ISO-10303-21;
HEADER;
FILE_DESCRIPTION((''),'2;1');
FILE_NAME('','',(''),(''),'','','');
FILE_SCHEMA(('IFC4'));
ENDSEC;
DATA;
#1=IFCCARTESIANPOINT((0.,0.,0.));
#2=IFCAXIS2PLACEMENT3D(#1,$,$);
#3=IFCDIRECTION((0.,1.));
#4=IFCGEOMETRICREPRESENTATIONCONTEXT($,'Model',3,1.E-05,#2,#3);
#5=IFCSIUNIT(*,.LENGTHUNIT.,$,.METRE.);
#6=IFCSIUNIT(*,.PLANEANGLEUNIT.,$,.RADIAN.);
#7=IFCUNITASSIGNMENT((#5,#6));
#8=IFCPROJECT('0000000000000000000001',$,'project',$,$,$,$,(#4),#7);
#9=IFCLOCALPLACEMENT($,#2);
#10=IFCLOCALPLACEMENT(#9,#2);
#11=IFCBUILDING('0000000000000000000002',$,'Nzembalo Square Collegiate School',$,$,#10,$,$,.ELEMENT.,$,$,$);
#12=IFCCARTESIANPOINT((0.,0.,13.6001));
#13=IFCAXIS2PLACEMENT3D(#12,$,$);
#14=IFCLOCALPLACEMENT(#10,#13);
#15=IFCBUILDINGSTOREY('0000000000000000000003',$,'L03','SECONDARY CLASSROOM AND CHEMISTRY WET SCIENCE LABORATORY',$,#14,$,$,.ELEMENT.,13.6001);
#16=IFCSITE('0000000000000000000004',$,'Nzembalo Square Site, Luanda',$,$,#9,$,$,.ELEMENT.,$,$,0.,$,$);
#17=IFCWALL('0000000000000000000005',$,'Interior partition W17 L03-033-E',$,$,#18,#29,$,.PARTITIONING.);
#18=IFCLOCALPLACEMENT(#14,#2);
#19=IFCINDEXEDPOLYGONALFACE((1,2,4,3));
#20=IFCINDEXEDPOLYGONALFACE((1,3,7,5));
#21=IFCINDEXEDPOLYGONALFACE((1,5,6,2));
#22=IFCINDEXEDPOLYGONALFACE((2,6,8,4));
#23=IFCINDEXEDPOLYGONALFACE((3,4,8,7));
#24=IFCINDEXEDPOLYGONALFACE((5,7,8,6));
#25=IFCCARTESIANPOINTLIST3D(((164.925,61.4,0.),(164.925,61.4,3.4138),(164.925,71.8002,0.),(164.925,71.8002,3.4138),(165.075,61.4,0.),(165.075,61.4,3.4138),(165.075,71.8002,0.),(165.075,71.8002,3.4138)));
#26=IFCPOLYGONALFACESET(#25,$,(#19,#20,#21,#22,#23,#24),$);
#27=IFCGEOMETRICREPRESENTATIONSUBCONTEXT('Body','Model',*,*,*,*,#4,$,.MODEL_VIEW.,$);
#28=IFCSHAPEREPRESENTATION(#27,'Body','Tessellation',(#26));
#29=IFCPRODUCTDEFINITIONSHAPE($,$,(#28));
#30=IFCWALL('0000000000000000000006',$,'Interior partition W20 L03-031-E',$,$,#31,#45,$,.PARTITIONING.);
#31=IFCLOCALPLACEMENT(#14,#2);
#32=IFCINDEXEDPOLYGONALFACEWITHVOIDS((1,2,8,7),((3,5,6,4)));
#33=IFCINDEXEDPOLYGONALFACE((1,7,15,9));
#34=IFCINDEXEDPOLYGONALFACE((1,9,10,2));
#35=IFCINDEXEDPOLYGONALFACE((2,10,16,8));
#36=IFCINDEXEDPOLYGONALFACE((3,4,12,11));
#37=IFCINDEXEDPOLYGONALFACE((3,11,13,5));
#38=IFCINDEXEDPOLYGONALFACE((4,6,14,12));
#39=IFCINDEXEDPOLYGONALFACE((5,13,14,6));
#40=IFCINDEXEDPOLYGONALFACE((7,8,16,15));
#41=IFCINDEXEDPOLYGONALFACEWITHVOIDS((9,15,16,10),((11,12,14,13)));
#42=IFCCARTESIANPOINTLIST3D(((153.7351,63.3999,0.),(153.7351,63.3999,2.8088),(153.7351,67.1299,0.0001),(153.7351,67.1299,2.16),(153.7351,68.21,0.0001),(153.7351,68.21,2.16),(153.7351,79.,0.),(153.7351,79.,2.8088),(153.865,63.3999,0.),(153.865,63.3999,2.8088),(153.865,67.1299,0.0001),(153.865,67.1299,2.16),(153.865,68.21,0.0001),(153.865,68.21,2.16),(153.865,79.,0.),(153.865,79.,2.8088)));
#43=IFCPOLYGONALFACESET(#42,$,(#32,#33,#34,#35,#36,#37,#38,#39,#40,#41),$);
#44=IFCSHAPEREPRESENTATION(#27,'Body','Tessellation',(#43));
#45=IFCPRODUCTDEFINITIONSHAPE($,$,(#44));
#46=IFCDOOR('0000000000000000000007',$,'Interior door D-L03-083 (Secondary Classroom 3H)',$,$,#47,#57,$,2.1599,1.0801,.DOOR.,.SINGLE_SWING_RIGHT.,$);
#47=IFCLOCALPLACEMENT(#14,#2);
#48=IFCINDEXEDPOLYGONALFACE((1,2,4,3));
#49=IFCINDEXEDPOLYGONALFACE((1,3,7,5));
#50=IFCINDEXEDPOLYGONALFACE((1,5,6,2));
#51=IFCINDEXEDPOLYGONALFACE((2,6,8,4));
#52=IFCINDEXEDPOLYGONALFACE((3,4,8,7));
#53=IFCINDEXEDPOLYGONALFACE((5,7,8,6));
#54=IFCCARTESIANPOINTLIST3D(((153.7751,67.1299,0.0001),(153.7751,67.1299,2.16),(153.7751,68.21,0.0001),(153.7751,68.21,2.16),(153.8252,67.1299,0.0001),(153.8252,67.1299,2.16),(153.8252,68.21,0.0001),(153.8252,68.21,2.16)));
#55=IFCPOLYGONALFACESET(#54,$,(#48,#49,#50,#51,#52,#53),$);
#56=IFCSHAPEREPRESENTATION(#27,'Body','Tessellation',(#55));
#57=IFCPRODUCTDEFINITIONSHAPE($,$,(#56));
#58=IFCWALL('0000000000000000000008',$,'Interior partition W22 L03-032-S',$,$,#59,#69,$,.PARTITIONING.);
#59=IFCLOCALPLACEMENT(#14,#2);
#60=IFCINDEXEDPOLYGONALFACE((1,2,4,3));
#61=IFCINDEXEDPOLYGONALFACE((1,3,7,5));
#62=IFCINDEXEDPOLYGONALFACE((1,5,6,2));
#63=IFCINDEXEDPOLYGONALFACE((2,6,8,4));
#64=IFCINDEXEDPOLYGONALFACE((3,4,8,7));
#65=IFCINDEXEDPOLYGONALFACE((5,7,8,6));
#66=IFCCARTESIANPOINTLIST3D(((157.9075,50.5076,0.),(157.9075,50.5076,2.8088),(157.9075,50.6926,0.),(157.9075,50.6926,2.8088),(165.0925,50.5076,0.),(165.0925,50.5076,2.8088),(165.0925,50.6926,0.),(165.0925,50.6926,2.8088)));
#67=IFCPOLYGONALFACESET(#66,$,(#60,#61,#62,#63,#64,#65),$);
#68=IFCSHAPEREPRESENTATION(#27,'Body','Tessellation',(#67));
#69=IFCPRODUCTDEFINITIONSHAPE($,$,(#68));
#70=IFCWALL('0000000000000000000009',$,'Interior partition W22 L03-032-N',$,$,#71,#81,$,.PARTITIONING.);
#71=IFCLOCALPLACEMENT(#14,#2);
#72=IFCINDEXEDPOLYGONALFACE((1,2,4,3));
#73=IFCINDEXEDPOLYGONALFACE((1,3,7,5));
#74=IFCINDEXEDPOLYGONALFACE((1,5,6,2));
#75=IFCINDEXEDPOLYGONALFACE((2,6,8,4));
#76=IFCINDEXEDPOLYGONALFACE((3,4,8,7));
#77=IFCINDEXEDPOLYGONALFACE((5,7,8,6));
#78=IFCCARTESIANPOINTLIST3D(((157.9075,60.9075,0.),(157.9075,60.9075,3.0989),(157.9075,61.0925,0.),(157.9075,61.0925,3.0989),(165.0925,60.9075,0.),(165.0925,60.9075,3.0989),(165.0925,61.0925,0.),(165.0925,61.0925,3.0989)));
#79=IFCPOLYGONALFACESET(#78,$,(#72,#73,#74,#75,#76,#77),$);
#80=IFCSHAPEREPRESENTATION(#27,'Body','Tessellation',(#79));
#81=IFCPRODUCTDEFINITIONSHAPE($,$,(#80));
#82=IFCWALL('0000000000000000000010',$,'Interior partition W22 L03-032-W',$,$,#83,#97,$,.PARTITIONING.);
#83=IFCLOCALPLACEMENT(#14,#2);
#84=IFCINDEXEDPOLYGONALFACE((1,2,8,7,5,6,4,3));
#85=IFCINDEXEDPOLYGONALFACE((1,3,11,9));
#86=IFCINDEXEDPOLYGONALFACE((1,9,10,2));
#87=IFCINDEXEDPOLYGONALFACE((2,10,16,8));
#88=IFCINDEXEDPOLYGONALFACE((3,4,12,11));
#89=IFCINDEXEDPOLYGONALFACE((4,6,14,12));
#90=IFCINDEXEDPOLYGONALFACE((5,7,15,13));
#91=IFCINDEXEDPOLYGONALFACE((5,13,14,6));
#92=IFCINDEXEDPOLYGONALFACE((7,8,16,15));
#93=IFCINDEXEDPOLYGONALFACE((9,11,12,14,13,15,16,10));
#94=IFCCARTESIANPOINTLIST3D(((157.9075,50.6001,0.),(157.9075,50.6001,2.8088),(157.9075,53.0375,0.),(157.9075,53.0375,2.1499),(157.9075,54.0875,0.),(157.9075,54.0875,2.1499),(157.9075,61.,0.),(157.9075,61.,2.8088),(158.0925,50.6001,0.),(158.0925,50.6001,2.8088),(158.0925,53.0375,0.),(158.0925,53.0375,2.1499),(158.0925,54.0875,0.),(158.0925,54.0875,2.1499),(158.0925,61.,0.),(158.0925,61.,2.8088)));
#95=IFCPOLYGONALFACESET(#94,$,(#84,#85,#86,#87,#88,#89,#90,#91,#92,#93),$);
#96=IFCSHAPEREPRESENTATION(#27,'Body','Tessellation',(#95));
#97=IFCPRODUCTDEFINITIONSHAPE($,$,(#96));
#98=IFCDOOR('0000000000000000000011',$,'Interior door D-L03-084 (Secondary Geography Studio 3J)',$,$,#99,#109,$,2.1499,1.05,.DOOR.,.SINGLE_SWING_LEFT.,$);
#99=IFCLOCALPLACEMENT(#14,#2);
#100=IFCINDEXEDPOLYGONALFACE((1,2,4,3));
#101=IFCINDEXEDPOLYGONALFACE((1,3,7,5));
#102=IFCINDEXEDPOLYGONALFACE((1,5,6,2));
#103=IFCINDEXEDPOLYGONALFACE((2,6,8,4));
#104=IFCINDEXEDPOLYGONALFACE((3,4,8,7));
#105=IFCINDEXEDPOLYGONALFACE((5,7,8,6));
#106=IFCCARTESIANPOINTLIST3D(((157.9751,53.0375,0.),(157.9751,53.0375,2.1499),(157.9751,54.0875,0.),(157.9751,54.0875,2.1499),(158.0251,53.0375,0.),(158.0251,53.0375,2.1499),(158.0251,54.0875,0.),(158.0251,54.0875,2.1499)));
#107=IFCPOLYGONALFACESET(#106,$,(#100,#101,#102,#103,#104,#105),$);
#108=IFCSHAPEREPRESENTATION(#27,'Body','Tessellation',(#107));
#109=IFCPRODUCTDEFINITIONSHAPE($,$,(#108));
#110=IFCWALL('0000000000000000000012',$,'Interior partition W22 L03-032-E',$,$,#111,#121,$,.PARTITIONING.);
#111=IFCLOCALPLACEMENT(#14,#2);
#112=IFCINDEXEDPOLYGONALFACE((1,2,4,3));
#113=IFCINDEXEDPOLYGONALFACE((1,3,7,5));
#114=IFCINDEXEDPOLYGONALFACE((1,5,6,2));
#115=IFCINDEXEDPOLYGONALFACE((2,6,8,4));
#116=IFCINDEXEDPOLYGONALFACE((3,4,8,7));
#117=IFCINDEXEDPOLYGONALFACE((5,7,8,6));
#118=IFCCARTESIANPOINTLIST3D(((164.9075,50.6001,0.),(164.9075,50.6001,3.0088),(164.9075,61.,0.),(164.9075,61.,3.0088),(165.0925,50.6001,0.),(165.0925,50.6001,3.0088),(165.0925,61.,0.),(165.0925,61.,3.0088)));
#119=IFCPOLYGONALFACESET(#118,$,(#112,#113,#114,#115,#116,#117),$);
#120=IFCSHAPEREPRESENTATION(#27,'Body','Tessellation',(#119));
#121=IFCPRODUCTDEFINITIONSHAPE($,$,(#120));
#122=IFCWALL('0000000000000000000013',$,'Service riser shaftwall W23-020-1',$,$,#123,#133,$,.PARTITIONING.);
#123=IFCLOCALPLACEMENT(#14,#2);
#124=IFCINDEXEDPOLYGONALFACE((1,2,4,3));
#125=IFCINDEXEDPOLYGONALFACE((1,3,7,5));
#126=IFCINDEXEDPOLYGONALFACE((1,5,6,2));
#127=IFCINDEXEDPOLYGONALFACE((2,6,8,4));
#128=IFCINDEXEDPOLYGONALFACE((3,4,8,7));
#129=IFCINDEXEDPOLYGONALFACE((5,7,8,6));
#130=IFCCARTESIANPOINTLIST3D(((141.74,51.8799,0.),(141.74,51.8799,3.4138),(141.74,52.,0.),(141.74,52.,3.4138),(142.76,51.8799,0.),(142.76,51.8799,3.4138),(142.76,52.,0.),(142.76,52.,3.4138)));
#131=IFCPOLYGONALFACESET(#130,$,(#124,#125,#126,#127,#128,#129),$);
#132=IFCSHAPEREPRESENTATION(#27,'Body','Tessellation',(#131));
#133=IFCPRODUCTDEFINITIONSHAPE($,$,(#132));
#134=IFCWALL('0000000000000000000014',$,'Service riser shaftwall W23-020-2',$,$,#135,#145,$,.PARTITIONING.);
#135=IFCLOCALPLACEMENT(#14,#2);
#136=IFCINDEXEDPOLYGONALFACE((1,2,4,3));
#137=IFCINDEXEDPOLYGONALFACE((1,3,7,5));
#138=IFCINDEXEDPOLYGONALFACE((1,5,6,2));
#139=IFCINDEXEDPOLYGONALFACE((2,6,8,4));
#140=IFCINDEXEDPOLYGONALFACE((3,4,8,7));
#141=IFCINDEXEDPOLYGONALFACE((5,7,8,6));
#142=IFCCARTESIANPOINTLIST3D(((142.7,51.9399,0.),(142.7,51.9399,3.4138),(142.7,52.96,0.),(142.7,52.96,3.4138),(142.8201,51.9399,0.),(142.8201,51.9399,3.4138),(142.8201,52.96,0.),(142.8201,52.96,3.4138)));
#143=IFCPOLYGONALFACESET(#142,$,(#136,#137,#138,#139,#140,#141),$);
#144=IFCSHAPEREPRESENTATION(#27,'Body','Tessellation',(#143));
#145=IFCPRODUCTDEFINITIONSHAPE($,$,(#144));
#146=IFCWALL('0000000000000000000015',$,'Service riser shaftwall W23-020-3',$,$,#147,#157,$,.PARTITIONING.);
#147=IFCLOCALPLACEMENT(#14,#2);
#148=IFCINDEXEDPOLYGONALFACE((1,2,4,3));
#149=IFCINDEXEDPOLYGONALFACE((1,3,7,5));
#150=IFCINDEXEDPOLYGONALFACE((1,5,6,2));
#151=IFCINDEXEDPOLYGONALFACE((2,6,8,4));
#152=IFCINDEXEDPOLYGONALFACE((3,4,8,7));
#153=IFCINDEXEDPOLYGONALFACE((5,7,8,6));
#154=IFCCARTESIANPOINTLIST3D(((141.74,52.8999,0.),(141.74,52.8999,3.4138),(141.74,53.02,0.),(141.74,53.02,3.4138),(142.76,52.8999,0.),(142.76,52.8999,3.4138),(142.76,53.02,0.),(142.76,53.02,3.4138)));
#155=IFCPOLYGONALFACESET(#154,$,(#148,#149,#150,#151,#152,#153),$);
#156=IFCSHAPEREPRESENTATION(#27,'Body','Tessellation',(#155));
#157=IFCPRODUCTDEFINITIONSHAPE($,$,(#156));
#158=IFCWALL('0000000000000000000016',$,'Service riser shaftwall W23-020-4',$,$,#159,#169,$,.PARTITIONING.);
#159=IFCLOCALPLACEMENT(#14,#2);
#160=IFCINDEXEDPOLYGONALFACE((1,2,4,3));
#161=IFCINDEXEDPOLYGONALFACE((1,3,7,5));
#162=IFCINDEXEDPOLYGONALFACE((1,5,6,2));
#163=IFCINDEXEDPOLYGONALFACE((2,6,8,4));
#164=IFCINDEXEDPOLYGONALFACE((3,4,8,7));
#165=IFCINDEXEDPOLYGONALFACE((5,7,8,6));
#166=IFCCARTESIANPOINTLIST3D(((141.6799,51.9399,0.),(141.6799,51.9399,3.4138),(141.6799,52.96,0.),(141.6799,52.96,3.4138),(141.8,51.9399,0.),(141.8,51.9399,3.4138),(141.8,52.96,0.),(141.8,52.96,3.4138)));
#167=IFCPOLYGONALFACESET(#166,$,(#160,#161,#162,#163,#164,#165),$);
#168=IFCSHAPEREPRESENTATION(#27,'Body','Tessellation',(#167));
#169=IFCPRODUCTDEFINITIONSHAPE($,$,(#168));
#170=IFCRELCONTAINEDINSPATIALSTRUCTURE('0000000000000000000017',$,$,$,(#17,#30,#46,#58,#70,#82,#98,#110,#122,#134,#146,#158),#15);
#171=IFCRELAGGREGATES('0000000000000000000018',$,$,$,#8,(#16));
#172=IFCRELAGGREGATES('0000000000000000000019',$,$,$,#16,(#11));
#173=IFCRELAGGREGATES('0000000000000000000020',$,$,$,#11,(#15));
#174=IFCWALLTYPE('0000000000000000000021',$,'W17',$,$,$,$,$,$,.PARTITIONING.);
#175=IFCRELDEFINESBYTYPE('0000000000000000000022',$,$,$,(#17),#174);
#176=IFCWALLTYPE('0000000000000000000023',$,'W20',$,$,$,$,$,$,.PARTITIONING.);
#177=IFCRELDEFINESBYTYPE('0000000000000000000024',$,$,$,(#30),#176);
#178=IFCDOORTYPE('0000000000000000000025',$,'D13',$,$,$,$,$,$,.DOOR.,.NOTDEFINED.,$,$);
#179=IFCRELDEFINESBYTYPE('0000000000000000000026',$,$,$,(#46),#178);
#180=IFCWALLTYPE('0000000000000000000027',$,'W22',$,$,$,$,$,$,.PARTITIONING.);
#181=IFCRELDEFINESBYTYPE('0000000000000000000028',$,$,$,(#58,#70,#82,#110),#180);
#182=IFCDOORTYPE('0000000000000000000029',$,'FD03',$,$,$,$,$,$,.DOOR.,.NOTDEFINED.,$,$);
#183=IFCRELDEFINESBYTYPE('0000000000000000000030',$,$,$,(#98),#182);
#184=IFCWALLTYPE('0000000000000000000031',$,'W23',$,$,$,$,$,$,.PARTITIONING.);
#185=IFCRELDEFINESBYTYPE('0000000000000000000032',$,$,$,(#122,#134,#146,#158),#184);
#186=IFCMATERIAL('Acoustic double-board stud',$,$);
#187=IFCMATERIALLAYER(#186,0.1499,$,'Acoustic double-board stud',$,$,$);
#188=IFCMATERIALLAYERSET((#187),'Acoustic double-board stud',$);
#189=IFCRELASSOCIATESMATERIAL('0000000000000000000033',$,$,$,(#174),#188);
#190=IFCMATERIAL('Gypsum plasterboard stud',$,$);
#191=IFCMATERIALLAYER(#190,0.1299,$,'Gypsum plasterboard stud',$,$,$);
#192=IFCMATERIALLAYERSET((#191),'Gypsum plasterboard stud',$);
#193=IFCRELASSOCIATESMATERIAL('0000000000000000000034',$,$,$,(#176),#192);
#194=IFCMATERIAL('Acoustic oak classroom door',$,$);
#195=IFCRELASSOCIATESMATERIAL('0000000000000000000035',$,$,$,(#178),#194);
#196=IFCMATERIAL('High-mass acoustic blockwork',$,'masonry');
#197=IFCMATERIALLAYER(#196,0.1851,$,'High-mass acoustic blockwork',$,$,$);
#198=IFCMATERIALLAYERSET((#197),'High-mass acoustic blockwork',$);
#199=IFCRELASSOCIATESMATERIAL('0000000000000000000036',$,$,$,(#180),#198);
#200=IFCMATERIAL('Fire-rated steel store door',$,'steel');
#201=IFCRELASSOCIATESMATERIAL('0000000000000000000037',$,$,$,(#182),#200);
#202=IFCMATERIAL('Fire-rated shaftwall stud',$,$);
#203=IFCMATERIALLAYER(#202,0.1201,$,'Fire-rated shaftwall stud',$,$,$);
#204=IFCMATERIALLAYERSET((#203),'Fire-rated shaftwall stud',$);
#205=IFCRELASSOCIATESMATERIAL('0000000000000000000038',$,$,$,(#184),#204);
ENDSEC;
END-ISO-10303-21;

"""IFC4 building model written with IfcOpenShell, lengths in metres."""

from ifc_helpers import new_model, si_unit, direction, frame, frame_2d, origin, place, context, subcontext, project, spatial, rectangle, extrude, material, layer, layer_set, type_object, element, fill, save


model = new_model("IFC4")

# Units and contexts
model_context = context("Model", 3, precision=1e-05, world=origin(), true_north=direction((0.0, 1.0)))
body_context = subcontext(model_context, "Body", "Model", "MODEL_VIEW")
ifc_project = project(units=[si_unit("LENGTHUNIT", "METRE"), si_unit("PLANEANGLEUNIT", "RADIAN")], contexts=[model_context])

# Site, building, storey
site_placement = place(None, origin())
site = spatial("IfcSite", under=ifc_project, at=site_placement, Name="Nzembalo Square Site, Luanda", CompositionType="ELEMENT", RefElevation=0.0)
building_placement = place(site_placement, origin())
building = spatial("IfcBuilding", under=site, at=building_placement, Name="Nzembalo Square Collegiate School", CompositionType="ELEMENT")
storey_placement = place(building_placement, frame((0.0, 0.0, 13.6001)))
storey = spatial("IfcBuildingStorey", under=building, at=storey_placement, Name="L03", Description="SECONDARY CLASSROOM AND CHEMISTRY WET SCIENCE LABORATORY", CompositionType="ELEMENT", Elevation=13.6001)

# Shared definitions
ifc_material_1 = material(Name="Acoustic double-board stud")
ifc_layer_1 = layer(ifc_material_1, 0.1499, Name="Acoustic double-board stud")
ifc_layer_set_1 = layer_set([ifc_layer_1], Name="Acoustic double-board stud")
wall_type_1 = type_object("IfcWallType", Name="W17", PredefinedType="PARTITIONING", material=ifc_layer_set_1)

# Wall
wall_1_placement = place(storey_placement, frame((165.0, 61.3999, 0.0), z_axis=(0.0, 0.0, 1.0), x_axis=(0.0, 1.0, 0.0)))
element("IfcWall", 1, at=wall_1_placement, inside=storey, type_object=wall_type_1, Name="Interior partition W17 L03-033-E", PredefinedType="PARTITIONING", context=body_context, shape_type="SweptSolid", body=[
    extrude(rectangle(XDim=10.4001, YDim=0.1499, at=frame_2d((5.2002, 0.0))), origin(), (0.0, 0.0, 1.0), 3.4138),
])

# Wall, opening, door
ifc_material_2 = material(Name="Gypsum plasterboard stud")
ifc_layer_2 = layer(ifc_material_2, 0.1299, Name="Gypsum plasterboard stud")
ifc_layer_set_2 = layer_set([ifc_layer_2], Name="Gypsum plasterboard stud")
wall_type_2 = type_object("IfcWallType", Name="W20", PredefinedType="PARTITIONING", material=ifc_layer_set_2)
wall_2_placement = place(storey_placement, frame((153.8, 63.3999, 0.0), z_axis=(0.0, 0.0, 1.0), x_axis=(0.0, 1.0, 0.0)))
wall_2 = element("IfcWall", 2, at=wall_2_placement, inside=storey, type_object=wall_type_2, Name="Interior partition W20 L03-031-E", PredefinedType="PARTITIONING", context=body_context, shape_type="SweptSolid", body=[
    extrude(rectangle(XDim=15.6001, YDim=0.1299, at=frame_2d((7.8, 0.0))), origin(), (0.0, 0.0, 1.0), 2.8088),
])
opening_1_placement = place(wall_2_placement, frame((3.73, 0.0, 0.0)))
opening_1 = element("IfcOpeningElement", 3, at=opening_1_placement, cuts=wall_2, PredefinedType="OPENING", context=body_context, shape_type="SweptSolid", body=[
    extrude(rectangle(XDim=1.0801, YDim=2.1599, at=frame_2d((0.54, 1.0801))), frame((0.0, 0.075, 0.0), z_axis=(0.0, -1.0, 0.0), x_axis=(1.0, 0.0, 0.0)), (0.0, 0.0, 1.0), 0.1499),
])
ifc_material_3 = material(Name="Acoustic oak classroom door")
door_type_1 = type_object("IfcDoorType", Name="D13", OperationType="NOTDEFINED", PredefinedType="DOOR", material=ifc_material_3)
door_1_placement = place(opening_1_placement, origin())
door_1 = element("IfcDoor", 4, at=door_1_placement, inside=storey, type_object=door_type_1, Name="Interior door D-L03-083 (Secondary Classroom 3H)", OperationType="SINGLE_SWING_RIGHT", OverallHeight=2.1599, OverallWidth=1.0801, PredefinedType="DOOR", context=body_context, shape_type="SweptSolid", body=[
    extrude(rectangle(XDim=1.0801, YDim=2.1599, at=frame_2d((0.54, 1.0801))), frame((0.0, 0.0249, 0.0), z_axis=(0.0, -1.0, 0.0), x_axis=(1.0, 0.0, 0.0)), (0.0, 0.0, 1.0), 0.05),
])
fill(opening_1, door_1)

# Walls
ifc_material_4 = material(Name="High-mass acoustic blockwork", Category="masonry")
ifc_layer_3 = layer(ifc_material_4, 0.1851, Name="High-mass acoustic blockwork")
ifc_layer_set_3 = layer_set([ifc_layer_3], Name="High-mass acoustic blockwork")
wall_type_3 = type_object("IfcWallType", Name="W22", PredefinedType="PARTITIONING", material=ifc_layer_set_3)
wall_3_placement = place(storey_placement, frame((157.9075, 50.6001, 0.0), z_axis=(0.0, 0.0, 1.0), x_axis=(1.0, 0.0, 0.0)))
element("IfcWall", 5, at=wall_3_placement, inside=storey, type_object=wall_type_3, Name="Interior partition W22 L03-032-S", PredefinedType="PARTITIONING", context=body_context, shape_type="SweptSolid", body=[
    extrude(rectangle(XDim=7.1851, YDim=0.1851, at=frame_2d((3.5925, 0.0))), origin(), (0.0, 0.0, 1.0), 2.8088),
])
wall_4_placement = place(storey_placement, frame((157.9075, 61.0, 0.0), z_axis=(0.0, 0.0, 1.0), x_axis=(1.0, 0.0, 0.0)))
element("IfcWall", 6, at=wall_4_placement, inside=storey, type_object=wall_type_3, Name="Interior partition W22 L03-032-N", PredefinedType="PARTITIONING", context=body_context, shape_type="SweptSolid", body=[
    extrude(rectangle(XDim=7.1851, YDim=0.1851, at=frame_2d((3.5925, 0.0))), origin(), (0.0, 0.0, 1.0), 3.0989),
])

# Wall, opening, door
wall_5_placement = place(storey_placement, frame((158.0, 50.6001, 0.0), z_axis=(0.0, 0.0, 1.0), x_axis=(0.0, 1.0, 0.0)))
wall_5 = element("IfcWall", 7, at=wall_5_placement, inside=storey, type_object=wall_type_3, Name="Interior partition W22 L03-032-W", PredefinedType="PARTITIONING", context=body_context, shape_type="SweptSolid", body=[
    extrude(rectangle(XDim=10.3999, YDim=0.1851, at=frame_2d((5.2, 0.0))), origin(), (0.0, 0.0, 1.0), 2.8088),
])
opening_2_placement = place(wall_5_placement, frame((2.4375, 0.0, 0.0)))
opening_2 = element("IfcOpeningElement", 8, at=opening_2_placement, cuts=wall_5, PredefinedType="OPENING", context=body_context, shape_type="SweptSolid", body=[
    extrude(rectangle(XDim=1.05, YDim=2.1499, at=frame_2d((0.5249, 1.075))), frame((0.0, 0.1025, 0.0), z_axis=(0.0, -1.0, 0.0), x_axis=(1.0, 0.0, 0.0)), (0.0, 0.0, 1.0), 0.2051),
])
ifc_material_5 = material(Name="Fire-rated steel store door", Category="steel")
door_type_2 = type_object("IfcDoorType", Name="FD03", OperationType="NOTDEFINED", PredefinedType="DOOR", material=ifc_material_5)
door_2_placement = place(opening_2_placement, origin())
door_2 = element("IfcDoor", 9, at=door_2_placement, inside=storey, type_object=door_type_2, Name="Interior door D-L03-084 (Secondary Geography Studio 3J)", OperationType="SINGLE_SWING_LEFT", OverallHeight=2.1499, OverallWidth=1.05, PredefinedType="DOOR", context=body_context, shape_type="SweptSolid", body=[
    extrude(rectangle(XDim=1.05, YDim=2.1499, at=frame_2d((0.5249, 1.075))), frame((0.0, 0.0249, 0.0), z_axis=(0.0, -1.0, 0.0), x_axis=(1.0, 0.0, 0.0)), (0.0, 0.0, 1.0), 0.05),
])
fill(opening_2, door_2)

# Walls
wall_6_placement = place(storey_placement, frame((165.0, 50.6001, 0.0), z_axis=(0.0, 0.0, 1.0), x_axis=(0.0, 1.0, 0.0)))
element("IfcWall", 10, at=wall_6_placement, inside=storey, type_object=wall_type_3, Name="Interior partition W22 L03-032-E", PredefinedType="PARTITIONING", context=body_context, shape_type="SweptSolid", body=[
    extrude(rectangle(XDim=10.3999, YDim=0.1851, at=frame_2d((5.2, 0.0))), origin(), (0.0, 0.0, 1.0), 3.0088),
])
ifc_material_6 = material(Name="Fire-rated shaftwall stud")
ifc_layer_4 = layer(ifc_material_6, 0.1201, Name="Fire-rated shaftwall stud")
ifc_layer_set_4 = layer_set([ifc_layer_4], Name="Fire-rated shaftwall stud")
wall_type_4 = type_object("IfcWallType", Name="W23", PredefinedType="PARTITIONING", material=ifc_layer_set_4)
for number, where, z_axis, x_axis, name in (
    (11, (141.74, 51.9399, 0.0), (0.0, 0.0, 1.0), (1.0, 0.0, 0.0), "Service riser shaftwall W23-020-1"),
    (12, (142.76, 51.9399, 0.0), (0.0, 0.0, 1.0), (0.0, 1.0, 0.0), "Service riser shaftwall W23-020-2"),
    (13, (142.76, 52.96, 0.0), (0.0, 0.0, 1.0), (-1.0, 0.0, 0.0), "Service riser shaftwall W23-020-3"),
    (14, (141.74, 52.96, 0.0), (0.0, 0.0, 1.0), (0.0, -1.0, 0.0), "Service riser shaftwall W23-020-4"),
):
    element("IfcWall", number, at=place(storey_placement, frame(where, z_axis=z_axis, x_axis=x_axis)), inside=storey, type_object=wall_type_4, Name=name, PredefinedType="PARTITIONING", context=body_context, shape_type="SweptSolid", body=[
        extrude(rectangle(XDim=1.02, YDim=0.1201, at=frame_2d((0.51, 0.0))), origin(), (0.0, 0.0, 1.0), 3.4138),
    ])

save(model, "model.ifc")
